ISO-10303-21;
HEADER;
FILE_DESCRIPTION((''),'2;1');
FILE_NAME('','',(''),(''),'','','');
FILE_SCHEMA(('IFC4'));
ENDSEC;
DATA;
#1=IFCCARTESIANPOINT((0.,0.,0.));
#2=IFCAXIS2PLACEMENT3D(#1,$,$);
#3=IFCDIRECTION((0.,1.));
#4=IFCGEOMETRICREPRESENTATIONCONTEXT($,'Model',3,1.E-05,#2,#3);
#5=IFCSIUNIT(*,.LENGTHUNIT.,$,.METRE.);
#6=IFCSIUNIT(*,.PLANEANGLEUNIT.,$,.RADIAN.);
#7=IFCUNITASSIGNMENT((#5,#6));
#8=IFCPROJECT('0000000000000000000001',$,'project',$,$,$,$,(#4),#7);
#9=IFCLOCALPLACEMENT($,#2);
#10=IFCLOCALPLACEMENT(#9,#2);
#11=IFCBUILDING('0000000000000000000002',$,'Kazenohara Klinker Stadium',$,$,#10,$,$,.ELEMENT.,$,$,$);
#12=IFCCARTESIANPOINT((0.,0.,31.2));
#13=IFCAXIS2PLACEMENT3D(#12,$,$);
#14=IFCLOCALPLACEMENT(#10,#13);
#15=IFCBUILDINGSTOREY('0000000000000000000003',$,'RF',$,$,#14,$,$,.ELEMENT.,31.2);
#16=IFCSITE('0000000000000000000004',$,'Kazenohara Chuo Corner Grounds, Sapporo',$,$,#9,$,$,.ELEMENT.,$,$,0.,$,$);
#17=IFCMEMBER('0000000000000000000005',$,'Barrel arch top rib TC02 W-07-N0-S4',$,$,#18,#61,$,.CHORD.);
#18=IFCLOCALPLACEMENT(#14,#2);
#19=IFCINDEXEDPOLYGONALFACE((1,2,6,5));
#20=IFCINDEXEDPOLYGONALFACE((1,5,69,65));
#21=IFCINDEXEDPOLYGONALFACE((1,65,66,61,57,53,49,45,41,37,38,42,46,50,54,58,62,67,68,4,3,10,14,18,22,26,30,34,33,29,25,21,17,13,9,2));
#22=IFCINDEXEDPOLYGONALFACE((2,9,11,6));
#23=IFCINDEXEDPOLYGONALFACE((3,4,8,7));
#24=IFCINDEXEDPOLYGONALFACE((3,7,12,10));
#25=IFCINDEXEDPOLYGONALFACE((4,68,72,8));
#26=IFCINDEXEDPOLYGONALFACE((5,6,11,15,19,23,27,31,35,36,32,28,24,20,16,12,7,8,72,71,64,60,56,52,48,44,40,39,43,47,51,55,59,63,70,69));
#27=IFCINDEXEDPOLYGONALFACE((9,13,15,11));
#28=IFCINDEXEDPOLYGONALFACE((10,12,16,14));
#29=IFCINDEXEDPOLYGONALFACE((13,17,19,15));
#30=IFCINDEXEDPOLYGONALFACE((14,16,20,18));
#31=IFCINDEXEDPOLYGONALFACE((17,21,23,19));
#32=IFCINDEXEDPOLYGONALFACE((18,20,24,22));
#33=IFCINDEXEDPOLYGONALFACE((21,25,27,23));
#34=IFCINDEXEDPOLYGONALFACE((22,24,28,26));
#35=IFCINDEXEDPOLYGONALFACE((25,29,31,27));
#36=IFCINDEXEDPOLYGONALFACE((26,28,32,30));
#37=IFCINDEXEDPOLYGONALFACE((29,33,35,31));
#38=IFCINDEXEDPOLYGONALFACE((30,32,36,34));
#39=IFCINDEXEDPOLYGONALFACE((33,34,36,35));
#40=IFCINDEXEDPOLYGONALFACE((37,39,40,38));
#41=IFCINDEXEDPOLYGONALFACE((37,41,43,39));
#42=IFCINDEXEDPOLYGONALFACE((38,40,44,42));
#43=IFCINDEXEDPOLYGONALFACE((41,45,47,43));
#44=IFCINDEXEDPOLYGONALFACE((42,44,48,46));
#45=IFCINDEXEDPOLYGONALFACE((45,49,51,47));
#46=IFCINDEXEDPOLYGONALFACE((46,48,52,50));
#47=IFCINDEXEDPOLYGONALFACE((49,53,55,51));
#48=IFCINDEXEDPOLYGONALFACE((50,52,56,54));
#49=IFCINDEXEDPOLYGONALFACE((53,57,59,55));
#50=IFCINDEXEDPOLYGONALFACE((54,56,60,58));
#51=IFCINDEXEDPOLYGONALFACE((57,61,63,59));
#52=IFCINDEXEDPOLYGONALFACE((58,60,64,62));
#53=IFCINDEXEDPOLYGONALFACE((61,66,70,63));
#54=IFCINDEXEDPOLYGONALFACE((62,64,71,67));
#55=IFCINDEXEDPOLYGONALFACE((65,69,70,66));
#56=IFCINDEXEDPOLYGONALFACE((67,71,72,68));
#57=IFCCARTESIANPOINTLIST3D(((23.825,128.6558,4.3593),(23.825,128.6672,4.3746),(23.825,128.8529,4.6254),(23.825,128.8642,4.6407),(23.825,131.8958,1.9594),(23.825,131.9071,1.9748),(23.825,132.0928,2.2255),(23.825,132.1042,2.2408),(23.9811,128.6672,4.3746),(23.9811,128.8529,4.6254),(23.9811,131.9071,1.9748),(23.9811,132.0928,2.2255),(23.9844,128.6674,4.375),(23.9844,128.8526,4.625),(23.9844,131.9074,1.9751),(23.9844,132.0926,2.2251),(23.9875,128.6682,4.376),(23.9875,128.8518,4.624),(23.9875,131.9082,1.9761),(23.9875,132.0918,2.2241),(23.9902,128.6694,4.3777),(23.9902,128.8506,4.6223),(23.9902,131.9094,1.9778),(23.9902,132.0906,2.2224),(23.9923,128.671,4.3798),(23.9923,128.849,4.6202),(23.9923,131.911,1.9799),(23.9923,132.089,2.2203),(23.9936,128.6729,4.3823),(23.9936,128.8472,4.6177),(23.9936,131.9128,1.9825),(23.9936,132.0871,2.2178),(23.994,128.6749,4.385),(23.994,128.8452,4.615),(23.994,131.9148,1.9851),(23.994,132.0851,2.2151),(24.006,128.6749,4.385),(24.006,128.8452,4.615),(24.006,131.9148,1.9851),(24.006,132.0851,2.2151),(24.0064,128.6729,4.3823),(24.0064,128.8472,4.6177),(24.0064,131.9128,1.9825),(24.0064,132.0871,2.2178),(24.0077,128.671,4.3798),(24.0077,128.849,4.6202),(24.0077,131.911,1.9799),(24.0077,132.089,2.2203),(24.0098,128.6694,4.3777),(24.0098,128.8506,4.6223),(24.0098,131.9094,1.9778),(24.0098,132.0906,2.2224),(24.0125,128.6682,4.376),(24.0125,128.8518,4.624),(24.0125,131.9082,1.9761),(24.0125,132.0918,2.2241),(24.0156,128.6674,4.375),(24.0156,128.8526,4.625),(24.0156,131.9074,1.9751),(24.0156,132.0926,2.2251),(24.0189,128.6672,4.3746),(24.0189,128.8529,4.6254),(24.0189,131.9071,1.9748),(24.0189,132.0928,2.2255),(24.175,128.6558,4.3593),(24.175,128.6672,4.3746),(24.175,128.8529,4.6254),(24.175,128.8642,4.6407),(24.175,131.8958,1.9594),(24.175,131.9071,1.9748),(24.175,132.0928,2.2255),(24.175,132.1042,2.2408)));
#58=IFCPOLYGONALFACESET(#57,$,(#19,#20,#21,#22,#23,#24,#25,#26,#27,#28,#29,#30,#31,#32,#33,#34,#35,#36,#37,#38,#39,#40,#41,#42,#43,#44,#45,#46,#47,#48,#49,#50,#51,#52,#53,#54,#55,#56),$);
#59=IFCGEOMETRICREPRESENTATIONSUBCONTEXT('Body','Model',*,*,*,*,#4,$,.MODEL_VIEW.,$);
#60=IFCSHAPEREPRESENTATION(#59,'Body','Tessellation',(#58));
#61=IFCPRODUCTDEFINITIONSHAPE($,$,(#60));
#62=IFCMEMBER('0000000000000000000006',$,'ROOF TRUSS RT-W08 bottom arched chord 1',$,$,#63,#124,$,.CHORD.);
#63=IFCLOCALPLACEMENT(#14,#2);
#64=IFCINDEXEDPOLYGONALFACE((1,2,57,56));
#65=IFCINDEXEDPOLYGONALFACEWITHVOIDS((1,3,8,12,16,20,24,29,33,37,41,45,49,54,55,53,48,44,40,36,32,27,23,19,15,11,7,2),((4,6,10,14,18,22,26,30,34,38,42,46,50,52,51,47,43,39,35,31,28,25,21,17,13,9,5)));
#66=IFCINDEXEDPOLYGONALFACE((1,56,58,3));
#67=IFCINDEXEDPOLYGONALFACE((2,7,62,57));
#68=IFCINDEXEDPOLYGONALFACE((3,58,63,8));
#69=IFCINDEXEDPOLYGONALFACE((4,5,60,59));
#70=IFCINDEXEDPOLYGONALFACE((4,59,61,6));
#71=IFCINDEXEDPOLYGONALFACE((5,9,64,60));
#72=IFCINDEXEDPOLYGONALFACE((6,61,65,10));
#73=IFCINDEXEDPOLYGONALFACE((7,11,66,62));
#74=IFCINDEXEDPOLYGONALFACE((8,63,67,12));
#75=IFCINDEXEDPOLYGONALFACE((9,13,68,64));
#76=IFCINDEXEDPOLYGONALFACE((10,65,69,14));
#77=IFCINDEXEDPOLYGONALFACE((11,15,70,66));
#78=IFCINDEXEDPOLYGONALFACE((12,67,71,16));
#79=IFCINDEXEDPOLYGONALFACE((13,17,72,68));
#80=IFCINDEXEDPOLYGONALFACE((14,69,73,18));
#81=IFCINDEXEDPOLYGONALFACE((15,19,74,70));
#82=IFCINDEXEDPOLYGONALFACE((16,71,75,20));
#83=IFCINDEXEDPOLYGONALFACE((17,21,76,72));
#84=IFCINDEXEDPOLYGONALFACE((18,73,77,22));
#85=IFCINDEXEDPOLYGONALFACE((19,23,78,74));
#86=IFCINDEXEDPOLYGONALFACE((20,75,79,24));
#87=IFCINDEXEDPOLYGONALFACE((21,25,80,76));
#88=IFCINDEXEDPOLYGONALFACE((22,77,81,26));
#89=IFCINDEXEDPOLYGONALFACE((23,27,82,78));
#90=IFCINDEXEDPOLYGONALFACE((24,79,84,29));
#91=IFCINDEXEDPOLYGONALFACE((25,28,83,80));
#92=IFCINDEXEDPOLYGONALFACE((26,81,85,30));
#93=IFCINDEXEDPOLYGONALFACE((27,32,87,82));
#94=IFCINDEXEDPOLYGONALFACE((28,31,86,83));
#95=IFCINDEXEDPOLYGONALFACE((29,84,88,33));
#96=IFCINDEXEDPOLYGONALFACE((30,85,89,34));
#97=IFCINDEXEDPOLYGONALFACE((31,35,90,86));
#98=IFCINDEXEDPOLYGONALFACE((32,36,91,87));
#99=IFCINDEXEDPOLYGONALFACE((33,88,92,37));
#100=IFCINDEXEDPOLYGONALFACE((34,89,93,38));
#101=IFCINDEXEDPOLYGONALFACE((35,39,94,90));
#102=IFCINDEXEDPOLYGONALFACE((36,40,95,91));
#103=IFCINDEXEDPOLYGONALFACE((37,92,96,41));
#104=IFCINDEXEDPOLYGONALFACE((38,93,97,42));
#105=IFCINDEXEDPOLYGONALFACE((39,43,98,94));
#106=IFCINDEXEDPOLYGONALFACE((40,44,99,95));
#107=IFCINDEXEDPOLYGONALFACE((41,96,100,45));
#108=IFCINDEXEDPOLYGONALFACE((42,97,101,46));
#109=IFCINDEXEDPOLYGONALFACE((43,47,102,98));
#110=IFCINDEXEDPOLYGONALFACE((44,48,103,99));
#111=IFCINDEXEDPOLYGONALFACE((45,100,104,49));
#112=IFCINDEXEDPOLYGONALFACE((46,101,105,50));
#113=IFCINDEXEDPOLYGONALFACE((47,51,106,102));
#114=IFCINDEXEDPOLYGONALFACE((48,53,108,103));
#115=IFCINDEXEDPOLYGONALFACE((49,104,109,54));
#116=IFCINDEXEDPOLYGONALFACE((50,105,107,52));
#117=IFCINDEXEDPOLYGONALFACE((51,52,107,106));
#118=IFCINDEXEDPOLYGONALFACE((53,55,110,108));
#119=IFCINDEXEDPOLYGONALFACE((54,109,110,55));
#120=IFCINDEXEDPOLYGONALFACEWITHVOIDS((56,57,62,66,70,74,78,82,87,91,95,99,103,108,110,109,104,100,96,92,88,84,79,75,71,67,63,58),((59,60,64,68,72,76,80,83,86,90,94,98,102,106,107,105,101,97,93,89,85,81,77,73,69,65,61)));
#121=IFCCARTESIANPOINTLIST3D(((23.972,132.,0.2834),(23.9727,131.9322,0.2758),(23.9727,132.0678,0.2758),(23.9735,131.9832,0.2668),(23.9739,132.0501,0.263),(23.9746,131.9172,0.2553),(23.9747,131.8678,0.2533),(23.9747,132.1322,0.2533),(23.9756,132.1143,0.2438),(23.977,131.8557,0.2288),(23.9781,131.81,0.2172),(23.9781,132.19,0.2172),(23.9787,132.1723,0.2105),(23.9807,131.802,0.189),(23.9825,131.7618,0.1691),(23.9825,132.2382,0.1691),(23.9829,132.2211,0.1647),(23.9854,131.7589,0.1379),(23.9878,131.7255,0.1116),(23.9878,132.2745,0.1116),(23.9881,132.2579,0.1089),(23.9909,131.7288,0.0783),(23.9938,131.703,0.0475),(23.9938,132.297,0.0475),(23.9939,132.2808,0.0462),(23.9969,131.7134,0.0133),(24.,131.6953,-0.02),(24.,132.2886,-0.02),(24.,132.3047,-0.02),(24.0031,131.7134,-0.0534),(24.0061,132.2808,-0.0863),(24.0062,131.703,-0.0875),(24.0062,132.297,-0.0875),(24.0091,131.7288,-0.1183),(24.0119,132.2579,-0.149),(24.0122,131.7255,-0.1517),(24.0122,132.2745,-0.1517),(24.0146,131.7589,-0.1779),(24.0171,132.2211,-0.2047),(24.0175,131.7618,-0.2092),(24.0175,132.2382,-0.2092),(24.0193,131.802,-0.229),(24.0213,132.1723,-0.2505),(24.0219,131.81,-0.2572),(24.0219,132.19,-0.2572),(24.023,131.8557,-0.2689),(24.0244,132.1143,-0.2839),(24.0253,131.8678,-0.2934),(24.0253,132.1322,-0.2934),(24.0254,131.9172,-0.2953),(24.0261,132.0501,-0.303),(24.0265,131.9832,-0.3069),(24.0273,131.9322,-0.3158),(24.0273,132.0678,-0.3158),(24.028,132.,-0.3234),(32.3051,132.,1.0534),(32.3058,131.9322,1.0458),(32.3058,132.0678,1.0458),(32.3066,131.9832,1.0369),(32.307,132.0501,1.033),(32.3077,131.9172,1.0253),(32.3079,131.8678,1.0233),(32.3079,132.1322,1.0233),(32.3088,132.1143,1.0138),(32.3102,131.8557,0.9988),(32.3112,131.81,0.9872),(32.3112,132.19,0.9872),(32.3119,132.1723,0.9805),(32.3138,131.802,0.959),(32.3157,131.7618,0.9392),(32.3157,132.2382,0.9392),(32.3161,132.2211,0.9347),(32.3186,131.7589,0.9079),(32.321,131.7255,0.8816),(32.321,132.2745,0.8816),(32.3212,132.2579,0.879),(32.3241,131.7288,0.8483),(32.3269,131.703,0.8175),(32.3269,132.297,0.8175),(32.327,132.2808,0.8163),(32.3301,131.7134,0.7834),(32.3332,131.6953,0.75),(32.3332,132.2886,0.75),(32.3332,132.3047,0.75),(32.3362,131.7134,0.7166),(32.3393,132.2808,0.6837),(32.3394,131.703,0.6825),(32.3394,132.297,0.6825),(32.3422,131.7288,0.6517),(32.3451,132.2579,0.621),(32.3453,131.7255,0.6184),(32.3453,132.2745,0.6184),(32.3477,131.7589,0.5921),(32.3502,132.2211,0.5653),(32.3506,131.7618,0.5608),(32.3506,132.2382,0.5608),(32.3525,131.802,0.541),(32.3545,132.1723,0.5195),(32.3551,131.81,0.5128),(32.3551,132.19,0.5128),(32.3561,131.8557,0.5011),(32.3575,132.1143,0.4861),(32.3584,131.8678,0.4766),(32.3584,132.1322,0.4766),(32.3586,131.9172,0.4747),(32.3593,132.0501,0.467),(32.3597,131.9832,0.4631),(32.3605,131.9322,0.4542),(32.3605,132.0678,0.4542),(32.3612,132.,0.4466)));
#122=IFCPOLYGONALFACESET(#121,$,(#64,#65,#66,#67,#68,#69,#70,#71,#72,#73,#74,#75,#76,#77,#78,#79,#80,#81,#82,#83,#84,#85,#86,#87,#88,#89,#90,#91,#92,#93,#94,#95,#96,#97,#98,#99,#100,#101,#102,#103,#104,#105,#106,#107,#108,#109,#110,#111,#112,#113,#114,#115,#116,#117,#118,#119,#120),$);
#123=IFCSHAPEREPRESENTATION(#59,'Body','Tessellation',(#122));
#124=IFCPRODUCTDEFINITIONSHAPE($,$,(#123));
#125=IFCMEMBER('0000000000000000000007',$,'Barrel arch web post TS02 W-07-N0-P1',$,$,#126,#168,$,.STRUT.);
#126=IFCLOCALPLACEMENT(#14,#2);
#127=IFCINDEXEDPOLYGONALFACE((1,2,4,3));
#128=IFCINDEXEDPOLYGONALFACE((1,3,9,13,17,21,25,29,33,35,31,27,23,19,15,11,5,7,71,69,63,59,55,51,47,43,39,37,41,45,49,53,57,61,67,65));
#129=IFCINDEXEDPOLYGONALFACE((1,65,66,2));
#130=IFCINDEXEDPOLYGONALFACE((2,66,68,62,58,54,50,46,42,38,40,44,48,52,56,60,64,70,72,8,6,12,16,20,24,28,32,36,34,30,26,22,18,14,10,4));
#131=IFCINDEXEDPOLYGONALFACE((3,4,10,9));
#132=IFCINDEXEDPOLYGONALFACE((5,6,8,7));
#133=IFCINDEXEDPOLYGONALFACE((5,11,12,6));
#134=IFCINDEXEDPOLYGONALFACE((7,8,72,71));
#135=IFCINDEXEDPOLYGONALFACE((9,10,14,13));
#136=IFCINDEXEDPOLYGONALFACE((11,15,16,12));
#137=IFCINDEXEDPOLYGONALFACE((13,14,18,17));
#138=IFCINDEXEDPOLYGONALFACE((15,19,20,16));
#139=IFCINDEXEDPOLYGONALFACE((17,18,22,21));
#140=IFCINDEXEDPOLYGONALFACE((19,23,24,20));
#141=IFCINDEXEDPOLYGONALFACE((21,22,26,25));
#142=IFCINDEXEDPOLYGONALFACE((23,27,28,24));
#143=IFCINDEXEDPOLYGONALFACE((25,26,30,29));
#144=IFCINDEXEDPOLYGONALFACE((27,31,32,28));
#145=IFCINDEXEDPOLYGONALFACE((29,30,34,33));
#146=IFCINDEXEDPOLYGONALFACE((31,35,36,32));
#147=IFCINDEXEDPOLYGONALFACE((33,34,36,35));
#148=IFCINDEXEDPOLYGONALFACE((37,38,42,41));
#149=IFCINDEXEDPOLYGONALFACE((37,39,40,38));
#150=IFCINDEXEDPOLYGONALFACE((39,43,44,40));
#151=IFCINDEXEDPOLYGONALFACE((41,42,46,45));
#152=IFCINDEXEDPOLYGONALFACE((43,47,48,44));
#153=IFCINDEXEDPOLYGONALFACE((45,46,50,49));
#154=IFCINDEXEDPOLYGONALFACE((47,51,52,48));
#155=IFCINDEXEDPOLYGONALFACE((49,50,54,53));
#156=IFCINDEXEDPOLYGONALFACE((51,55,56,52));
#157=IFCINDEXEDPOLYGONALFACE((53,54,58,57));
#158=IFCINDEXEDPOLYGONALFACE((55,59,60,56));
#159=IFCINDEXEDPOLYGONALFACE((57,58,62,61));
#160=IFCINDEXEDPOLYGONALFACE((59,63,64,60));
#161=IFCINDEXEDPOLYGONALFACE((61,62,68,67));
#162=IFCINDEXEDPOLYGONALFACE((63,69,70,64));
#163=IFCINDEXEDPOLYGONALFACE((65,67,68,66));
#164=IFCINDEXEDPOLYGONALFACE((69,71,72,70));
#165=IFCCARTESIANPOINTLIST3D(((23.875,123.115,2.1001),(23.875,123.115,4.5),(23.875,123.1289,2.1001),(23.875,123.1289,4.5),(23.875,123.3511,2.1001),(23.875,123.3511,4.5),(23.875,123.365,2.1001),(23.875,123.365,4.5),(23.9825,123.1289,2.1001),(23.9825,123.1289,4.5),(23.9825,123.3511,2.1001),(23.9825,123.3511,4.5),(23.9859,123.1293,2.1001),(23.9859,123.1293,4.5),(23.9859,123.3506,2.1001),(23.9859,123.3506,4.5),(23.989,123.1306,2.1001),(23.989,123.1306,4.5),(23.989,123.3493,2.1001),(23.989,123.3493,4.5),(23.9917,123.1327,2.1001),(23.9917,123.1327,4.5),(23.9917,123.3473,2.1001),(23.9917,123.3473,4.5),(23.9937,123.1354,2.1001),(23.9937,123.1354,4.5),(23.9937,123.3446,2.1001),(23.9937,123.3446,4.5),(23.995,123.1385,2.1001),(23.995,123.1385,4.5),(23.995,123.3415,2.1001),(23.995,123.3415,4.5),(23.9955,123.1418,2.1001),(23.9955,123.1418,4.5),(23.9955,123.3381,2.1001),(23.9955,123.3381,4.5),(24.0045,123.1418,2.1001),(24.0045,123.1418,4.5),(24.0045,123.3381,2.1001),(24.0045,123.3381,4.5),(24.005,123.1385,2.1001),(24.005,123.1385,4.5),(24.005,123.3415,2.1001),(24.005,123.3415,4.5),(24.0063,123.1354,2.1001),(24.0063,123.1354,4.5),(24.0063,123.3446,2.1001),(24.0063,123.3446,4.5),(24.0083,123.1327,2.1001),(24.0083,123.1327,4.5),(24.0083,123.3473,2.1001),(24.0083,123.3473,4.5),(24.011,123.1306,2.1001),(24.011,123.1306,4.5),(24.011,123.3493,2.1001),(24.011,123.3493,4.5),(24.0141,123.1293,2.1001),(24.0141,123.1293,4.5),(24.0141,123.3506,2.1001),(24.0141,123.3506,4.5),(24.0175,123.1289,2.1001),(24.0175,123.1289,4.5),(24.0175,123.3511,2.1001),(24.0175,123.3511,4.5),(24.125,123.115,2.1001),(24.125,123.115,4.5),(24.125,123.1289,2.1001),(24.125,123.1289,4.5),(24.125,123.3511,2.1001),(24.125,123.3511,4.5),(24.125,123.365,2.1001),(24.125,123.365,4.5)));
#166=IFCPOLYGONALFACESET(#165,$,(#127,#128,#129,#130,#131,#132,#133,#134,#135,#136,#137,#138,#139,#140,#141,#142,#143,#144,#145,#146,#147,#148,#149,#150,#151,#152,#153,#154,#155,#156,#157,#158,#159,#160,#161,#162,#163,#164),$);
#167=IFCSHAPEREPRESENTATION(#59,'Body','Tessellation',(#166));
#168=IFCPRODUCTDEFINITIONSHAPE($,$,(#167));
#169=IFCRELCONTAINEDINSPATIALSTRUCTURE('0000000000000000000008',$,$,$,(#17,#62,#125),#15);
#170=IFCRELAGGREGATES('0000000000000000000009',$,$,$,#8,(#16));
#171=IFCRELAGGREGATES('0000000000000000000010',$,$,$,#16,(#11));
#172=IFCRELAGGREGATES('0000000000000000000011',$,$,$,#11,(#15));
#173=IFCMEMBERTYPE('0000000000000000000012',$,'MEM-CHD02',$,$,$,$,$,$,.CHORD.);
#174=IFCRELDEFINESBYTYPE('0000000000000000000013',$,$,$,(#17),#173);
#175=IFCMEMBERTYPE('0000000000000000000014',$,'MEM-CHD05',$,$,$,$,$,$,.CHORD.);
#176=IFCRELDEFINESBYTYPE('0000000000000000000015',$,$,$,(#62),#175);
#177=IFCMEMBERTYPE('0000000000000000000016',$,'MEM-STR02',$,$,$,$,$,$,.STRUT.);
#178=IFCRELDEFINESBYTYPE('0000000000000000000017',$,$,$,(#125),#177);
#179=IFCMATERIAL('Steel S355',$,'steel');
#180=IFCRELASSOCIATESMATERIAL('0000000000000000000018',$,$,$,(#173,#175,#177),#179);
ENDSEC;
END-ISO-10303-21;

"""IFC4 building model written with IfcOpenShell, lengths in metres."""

from ifc_helpers import new_model, si_unit, direction, frame, origin, origin_2d, place, context, subcontext, project, spatial, hollow_circle, i_section, extrude, material, material_profile, profile_set, type_object, element, save


model = new_model("IFC4")

# Units and contexts
model_context = context("Model", 3, precision=1e-05, world=origin(), true_north=direction((0.0, 1.0)))
body_context = subcontext(model_context, "Body", "Model", "MODEL_VIEW")
ifc_project = project(units=[si_unit("LENGTHUNIT", "METRE"), si_unit("PLANEANGLEUNIT", "RADIAN")], contexts=[model_context])

# Site, building, storey
site_placement = place(None, origin())
site = spatial("IfcSite", under=ifc_project, at=site_placement, Name="Kazenohara Chuo Corner Grounds, Sapporo", CompositionType="ELEMENT", RefElevation=0.0)
building_placement = place(site_placement, origin())
building = spatial("IfcBuilding", under=site, at=building_placement, Name="Kazenohara Klinker Stadium", CompositionType="ELEMENT")
storey_placement = place(building_placement, frame((0.0, 0.0, 31.2)))
storey = spatial("IfcBuildingStorey", under=building, at=storey_placement, Name="RF", CompositionType="ELEMENT", Elevation=31.2)

# Members
ifc_material_1 = material(Name="Steel S355", Category="steel")
ifc_material_profile_1 = material_profile(ifc_material_1, i_section(OverallWidth=0.3501, OverallDepth=0.3501, WebThickness=0.012, FlangeThickness=0.019, FilletRadius=0.0129, at=origin_2d()), Name="H-350x350x12x19")
ifc_profile_set_1 = profile_set([ifc_material_profile_1], Name="Steel S355")
member_type_1 = type_object("IfcMemberType", Name="MEM-CHD02", PredefinedType="CHORD", material=ifc_profile_set_1)
member_1_placement = place(storey_placement, frame((24.0, 128.76, 4.5), z_axis=(0.0, 0.803568, -0.595213), x_axis=(-1.0, 0.0, 0.0)))
element("IfcMember", 1, at=member_1_placement, inside=storey, type_object=member_type_1, Name="Barrel arch top rib TC02 W-07-N0-S4", PredefinedType="CHORD", context=body_context, shape_type="SweptSolid", body=[
    extrude(i_section(OverallWidth=0.3501, OverallDepth=0.3501, WebThickness=0.012, FlangeThickness=0.019, FilletRadius=0.0129, at=origin_2d()), origin(), (0.0, 0.0, 1.0), 4.032),
])
ifc_material_profile_2 = material_profile(ifc_material_1, hollow_circle(Radius=0.3047, WallThickness=0.0161, at=origin_2d()), Name="CHS-609.6x16")
ifc_profile_set_2 = profile_set([ifc_material_profile_2], Name="Steel S355")
member_type_2 = type_object("IfcMemberType", Name="MEM-CHD05", PredefinedType="CHORD", material=ifc_profile_set_2)
member_2_placement = place(storey_placement, frame((24.0, 132.0, -0.02), z_axis=(0.995758, 0.0, 0.092011), x_axis=(0.0, 1.0, 0.0)))
element("IfcMember", 2, at=member_2_placement, inside=storey, type_object=member_type_2, Name="ROOF TRUSS RT-W08 bottom arched chord 1", PredefinedType="CHORD", context=body_context, shape_type="SweptSolid", body=[
    extrude(hollow_circle(Radius=0.3047, WallThickness=0.0161, at=origin_2d()), origin(), (0.0, 0.0, 1.0), 8.3687),
])
ifc_material_profile_3 = material_profile(ifc_material_1, i_section(OverallWidth=0.25, OverallDepth=0.25, WebThickness=0.009, FlangeThickness=0.0139, FilletRadius=0.0129, at=origin_2d()), Name="H-250x250x9x14")
ifc_profile_set_3 = profile_set([ifc_material_profile_3], Name="Steel S355")
member_type_3 = type_object("IfcMemberType", Name="MEM-STR02", PredefinedType="STRUT", material=ifc_profile_set_3)
member_3_placement = place(storey_placement, frame((24.0, 123.24, 2.1001), z_axis=(0.0, 0.0, 1.0), x_axis=(1.0, 0.0, 0.0)))
element("IfcMember", 3, at=member_3_placement, inside=storey, type_object=member_type_3, Name="Barrel arch web post TS02 W-07-N0-P1", PredefinedType="STRUT", context=body_context, shape_type="SweptSolid", body=[
    extrude(i_section(OverallWidth=0.25, OverallDepth=0.25, WebThickness=0.009, FlangeThickness=0.0139, FilletRadius=0.0129, at=origin_2d()), origin(), (0.0, 0.0, 1.0), 2.3999),
])

save(model, "model.ifc")
